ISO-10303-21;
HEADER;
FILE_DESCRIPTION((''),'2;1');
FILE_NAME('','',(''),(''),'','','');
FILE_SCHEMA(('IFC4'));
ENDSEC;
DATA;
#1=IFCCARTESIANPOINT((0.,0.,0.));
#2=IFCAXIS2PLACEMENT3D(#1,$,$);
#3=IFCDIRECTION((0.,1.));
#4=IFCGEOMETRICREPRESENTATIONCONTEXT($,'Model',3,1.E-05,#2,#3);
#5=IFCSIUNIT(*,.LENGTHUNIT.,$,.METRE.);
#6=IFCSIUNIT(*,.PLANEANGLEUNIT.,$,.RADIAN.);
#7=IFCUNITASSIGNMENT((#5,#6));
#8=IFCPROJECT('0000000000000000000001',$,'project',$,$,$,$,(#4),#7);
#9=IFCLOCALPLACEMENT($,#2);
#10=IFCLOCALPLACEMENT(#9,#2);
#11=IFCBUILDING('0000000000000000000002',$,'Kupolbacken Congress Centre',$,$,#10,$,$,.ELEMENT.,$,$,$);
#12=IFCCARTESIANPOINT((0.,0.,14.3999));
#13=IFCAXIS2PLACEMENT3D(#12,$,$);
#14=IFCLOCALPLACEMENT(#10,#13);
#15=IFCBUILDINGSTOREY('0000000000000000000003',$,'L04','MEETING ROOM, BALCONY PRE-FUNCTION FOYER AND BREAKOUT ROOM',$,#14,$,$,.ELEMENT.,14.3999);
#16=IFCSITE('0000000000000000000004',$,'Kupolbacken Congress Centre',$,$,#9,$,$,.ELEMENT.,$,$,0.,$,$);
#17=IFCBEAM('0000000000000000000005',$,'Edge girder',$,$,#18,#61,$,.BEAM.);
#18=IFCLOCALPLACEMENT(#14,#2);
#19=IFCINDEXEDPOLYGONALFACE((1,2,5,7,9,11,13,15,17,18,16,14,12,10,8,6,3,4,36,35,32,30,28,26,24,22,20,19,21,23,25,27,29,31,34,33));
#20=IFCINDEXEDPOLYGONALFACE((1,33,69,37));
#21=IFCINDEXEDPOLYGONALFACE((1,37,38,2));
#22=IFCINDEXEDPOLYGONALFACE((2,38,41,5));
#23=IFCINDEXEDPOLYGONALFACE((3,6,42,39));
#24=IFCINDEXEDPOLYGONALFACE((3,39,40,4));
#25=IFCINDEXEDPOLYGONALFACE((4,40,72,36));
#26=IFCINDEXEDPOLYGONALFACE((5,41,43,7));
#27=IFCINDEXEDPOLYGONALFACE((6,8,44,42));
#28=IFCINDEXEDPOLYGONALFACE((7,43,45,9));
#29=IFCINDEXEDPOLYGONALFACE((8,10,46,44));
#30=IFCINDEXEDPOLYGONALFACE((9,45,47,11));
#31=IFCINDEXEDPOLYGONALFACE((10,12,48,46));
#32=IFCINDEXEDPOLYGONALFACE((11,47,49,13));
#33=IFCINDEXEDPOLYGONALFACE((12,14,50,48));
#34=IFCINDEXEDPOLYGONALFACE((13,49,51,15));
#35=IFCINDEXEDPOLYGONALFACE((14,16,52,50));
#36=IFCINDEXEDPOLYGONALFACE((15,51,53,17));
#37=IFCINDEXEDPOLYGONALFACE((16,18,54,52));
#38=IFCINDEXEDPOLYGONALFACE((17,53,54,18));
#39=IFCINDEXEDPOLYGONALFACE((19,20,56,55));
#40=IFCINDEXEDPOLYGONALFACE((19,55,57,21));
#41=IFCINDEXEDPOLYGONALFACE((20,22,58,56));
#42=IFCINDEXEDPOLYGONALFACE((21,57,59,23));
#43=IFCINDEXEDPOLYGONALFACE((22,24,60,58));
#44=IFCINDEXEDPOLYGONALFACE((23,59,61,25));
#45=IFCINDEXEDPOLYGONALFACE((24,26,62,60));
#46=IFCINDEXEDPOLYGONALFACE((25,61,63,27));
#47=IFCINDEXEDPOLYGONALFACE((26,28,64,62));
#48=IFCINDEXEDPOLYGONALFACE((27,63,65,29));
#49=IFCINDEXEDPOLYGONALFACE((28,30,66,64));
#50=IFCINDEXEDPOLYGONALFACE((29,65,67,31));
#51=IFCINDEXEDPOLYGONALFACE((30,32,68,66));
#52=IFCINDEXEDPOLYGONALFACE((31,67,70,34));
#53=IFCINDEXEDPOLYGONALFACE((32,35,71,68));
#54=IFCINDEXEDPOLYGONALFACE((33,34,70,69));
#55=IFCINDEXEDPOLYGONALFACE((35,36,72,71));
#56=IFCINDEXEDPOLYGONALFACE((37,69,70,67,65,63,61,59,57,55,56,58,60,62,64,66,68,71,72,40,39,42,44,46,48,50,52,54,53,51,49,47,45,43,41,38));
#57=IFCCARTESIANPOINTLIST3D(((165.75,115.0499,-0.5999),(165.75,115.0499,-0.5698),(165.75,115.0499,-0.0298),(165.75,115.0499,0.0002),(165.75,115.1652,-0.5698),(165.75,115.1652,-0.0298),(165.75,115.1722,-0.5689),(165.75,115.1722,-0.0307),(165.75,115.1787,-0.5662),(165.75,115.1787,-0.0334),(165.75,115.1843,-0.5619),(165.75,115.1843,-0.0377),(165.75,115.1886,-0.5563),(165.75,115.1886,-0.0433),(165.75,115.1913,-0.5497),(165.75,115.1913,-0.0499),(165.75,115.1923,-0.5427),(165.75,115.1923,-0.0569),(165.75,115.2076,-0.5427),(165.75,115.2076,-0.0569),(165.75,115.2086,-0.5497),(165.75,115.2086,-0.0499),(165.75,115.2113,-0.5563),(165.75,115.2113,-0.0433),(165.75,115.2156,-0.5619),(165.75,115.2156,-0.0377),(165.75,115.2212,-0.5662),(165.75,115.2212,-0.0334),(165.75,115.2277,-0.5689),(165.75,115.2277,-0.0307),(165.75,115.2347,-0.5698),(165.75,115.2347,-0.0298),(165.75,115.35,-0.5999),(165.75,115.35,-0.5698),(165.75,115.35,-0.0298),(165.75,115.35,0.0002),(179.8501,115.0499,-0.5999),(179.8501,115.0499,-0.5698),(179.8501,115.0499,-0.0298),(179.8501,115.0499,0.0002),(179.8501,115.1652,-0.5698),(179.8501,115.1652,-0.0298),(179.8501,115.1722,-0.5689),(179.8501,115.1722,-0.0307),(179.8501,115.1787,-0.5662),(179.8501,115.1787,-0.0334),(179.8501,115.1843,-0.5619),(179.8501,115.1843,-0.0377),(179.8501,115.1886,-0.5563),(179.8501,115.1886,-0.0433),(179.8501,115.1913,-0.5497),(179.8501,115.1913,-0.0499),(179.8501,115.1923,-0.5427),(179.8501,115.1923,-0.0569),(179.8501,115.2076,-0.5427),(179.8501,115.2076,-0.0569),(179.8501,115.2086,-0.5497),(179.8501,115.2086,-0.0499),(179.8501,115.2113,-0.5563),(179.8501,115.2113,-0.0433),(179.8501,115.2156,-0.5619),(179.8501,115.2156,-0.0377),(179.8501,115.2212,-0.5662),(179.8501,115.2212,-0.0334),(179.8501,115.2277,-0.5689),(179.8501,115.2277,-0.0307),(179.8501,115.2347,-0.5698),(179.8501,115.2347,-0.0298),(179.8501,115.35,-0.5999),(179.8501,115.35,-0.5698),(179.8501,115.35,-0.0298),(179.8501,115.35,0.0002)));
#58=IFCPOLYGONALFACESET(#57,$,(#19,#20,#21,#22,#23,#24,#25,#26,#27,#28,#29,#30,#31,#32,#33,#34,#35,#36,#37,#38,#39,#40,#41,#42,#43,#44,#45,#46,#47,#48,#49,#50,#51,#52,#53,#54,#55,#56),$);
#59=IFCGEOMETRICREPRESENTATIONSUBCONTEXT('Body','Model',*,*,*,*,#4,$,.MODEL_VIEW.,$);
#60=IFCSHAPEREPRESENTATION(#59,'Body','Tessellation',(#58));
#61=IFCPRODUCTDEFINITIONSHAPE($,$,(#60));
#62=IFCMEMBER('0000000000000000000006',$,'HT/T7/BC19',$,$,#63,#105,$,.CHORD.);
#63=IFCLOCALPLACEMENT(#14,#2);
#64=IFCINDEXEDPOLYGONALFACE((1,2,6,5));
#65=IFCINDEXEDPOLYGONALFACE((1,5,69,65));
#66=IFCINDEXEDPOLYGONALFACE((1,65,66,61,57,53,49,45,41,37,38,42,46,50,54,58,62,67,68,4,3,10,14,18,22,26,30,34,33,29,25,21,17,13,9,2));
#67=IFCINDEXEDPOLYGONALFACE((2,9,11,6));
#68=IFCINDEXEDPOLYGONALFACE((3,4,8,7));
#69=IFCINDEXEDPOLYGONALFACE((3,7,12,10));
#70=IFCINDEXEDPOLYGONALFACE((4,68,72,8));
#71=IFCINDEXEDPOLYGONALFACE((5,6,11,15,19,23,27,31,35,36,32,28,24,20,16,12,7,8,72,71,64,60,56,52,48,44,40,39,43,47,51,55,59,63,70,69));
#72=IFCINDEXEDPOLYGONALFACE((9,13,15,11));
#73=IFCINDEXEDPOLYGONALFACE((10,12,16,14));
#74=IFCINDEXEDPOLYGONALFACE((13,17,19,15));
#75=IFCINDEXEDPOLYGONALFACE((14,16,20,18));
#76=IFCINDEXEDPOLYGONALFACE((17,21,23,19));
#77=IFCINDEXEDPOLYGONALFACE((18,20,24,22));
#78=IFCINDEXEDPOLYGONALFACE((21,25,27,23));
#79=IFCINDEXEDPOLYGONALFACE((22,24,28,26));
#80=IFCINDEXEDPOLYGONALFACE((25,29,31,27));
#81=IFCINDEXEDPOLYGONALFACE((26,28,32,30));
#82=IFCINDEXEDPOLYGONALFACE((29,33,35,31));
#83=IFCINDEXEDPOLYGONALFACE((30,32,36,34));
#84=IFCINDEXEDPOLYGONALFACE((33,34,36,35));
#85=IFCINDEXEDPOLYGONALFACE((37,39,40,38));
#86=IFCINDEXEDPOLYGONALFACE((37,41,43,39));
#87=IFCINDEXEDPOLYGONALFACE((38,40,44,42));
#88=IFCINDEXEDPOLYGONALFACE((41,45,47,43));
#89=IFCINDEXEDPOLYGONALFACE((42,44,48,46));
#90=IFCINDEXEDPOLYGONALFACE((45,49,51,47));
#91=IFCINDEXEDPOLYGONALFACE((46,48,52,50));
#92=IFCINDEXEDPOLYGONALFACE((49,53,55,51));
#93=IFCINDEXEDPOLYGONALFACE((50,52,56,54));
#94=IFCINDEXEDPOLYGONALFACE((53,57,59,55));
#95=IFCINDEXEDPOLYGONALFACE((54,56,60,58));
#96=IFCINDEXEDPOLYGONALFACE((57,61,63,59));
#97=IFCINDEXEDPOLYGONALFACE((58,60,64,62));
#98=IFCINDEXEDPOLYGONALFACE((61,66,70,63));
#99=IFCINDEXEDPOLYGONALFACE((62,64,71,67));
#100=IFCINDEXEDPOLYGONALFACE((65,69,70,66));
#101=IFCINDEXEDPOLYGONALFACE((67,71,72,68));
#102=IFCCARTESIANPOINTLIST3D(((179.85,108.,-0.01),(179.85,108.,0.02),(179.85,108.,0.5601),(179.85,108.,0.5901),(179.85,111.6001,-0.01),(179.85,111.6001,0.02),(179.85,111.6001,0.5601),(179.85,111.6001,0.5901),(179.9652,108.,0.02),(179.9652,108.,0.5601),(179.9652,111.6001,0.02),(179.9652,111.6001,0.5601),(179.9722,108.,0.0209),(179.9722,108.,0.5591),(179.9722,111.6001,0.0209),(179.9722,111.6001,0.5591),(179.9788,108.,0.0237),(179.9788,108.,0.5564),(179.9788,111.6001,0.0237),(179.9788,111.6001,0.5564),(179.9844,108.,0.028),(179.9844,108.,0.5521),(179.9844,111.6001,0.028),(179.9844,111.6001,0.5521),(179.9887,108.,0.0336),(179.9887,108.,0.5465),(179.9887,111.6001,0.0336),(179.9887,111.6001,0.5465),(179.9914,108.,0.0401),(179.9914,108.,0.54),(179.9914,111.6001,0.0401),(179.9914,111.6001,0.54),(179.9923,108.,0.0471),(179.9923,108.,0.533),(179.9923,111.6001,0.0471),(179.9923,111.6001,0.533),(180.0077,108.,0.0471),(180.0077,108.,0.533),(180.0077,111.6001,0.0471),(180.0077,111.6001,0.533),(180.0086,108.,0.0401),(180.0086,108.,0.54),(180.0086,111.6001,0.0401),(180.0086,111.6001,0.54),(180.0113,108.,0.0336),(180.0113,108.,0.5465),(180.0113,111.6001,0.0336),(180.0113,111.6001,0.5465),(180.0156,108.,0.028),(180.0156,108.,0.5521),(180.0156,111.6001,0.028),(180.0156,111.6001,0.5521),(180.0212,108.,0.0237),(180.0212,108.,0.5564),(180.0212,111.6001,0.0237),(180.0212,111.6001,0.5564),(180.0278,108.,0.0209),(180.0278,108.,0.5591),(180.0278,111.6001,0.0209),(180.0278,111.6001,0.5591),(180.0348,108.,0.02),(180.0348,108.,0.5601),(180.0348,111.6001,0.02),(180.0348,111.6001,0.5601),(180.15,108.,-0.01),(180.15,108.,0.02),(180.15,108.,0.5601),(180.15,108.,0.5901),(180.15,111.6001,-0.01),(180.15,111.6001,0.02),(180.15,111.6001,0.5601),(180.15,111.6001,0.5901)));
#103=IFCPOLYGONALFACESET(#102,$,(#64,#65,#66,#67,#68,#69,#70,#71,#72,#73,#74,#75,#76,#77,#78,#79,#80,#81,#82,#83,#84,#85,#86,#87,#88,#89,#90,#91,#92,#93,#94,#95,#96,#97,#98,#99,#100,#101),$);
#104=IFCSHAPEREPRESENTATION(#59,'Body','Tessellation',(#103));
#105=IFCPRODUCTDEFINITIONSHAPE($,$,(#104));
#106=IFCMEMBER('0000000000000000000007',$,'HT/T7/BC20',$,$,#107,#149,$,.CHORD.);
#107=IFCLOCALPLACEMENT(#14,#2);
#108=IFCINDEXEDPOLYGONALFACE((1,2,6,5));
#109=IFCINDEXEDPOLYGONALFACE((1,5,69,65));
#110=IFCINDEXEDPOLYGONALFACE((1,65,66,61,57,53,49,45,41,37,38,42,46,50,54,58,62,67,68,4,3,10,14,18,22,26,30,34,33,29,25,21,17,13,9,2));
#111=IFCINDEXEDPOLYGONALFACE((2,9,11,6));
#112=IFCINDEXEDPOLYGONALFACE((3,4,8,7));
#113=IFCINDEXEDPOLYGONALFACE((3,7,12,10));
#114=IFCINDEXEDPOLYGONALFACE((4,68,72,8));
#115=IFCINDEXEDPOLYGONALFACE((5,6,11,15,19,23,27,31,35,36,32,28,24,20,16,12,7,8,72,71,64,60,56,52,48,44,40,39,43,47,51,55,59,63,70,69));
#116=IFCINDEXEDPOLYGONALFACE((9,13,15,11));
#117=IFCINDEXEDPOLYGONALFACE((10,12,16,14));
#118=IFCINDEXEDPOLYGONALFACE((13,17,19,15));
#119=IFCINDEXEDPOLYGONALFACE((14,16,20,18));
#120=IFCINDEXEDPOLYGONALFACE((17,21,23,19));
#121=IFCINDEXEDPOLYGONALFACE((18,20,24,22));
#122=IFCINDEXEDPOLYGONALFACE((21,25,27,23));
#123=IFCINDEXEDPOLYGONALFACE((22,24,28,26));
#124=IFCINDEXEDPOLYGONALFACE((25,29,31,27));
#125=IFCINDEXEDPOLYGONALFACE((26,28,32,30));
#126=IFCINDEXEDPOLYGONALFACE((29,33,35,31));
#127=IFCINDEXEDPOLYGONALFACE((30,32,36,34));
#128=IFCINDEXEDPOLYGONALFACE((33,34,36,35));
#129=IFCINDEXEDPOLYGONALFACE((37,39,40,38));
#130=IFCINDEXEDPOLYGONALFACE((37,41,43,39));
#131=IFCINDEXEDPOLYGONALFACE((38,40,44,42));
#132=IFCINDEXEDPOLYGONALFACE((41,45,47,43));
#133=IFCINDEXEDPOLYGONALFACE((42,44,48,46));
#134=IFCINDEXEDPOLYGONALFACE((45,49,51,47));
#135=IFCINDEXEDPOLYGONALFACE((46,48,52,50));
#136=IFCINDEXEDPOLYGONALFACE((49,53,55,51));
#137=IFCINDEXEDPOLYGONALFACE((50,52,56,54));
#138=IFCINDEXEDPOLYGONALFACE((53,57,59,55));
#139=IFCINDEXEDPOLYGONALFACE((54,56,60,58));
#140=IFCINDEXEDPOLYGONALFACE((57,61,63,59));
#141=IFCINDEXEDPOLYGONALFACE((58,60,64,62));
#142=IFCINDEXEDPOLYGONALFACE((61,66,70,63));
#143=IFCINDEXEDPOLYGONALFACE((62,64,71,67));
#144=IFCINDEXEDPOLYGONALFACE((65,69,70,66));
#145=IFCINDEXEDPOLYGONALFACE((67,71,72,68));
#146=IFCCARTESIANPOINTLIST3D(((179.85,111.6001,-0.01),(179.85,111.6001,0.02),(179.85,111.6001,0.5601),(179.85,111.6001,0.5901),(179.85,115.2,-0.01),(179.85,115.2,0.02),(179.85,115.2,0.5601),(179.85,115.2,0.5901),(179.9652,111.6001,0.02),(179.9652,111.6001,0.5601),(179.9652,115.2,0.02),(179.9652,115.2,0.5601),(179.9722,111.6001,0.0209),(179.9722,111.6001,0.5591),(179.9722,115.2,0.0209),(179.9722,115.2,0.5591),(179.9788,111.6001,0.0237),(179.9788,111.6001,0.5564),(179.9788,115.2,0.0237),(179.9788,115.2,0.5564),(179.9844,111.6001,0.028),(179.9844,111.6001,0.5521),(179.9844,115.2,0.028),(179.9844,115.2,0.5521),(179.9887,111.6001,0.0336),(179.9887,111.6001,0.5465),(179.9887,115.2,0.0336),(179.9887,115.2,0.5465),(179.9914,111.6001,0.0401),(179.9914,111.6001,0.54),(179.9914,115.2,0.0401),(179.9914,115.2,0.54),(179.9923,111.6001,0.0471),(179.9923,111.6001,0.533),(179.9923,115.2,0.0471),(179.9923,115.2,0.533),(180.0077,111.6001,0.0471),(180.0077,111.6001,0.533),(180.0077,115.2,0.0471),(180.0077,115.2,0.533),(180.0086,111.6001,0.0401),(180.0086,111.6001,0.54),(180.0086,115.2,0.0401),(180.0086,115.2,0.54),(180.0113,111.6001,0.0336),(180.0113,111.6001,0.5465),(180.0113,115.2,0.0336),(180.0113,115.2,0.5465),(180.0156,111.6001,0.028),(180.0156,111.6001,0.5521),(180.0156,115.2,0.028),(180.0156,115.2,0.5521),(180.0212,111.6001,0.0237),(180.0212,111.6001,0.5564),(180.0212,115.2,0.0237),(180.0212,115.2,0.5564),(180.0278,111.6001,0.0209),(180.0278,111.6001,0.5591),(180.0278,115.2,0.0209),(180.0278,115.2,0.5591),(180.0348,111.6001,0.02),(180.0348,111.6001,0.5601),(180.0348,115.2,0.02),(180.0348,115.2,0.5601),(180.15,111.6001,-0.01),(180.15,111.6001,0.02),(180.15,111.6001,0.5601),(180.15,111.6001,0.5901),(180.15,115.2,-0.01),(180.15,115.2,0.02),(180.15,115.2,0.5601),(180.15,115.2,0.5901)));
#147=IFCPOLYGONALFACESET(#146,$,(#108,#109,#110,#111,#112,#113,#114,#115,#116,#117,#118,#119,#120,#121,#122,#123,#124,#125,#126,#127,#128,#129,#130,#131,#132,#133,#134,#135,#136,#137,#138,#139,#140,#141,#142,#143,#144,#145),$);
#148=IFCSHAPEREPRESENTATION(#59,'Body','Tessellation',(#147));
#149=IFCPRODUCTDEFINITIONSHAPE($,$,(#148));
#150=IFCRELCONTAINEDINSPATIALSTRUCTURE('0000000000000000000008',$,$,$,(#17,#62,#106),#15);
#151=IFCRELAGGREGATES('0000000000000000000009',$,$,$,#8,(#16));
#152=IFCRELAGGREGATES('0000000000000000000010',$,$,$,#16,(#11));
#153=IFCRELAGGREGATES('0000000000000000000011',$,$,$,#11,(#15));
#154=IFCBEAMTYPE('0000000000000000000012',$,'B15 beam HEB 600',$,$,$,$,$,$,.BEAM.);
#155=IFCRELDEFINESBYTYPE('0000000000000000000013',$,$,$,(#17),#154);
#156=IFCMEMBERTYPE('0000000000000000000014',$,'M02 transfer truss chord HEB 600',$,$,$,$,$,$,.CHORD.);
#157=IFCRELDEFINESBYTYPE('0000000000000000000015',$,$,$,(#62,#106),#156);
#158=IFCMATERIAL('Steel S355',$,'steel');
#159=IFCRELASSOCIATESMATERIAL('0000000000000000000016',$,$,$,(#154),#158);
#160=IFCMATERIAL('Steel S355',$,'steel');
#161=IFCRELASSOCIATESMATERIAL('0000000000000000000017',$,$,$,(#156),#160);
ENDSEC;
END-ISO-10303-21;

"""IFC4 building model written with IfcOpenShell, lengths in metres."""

from ifc_helpers import new_model, si_unit, direction, frame, origin, origin_2d, place, context, subcontext, project, spatial, i_section, extrude, material, material_profile, profile_set, type_object, element, save


model = new_model("IFC4")

# Units and contexts
model_context = context("Model", 3, precision=1e-05, world=origin(), true_north=direction((0.0, 1.0)))
body_context = subcontext(model_context, "Body", "Model", "MODEL_VIEW")
ifc_project = project(units=[si_unit("LENGTHUNIT", "METRE"), si_unit("PLANEANGLEUNIT", "RADIAN")], contexts=[model_context])

# Site, building, storey
site_placement = place(None, origin())
site = spatial("IfcSite", under=ifc_project, at=site_placement, Name="Kupolbacken Congress Centre", CompositionType="ELEMENT", RefElevation=0.0)
building_placement = place(site_placement, origin())
building = spatial("IfcBuilding", under=site, at=building_placement, Name="Kupolbacken Congress Centre", CompositionType="ELEMENT")
storey_placement = place(building_placement, frame((0.0, 0.0, 14.3999)))
storey = spatial("IfcBuildingStorey", under=building, at=storey_placement, Name="L04", Description="MEETING ROOM, BALCONY PRE-FUNCTION FOYER AND BREAKOUT ROOM", CompositionType="ELEMENT", Elevation=14.3999)

# Beam
ifc_material_1 = material(Name="Steel S355", Category="steel")
ifc_material_profile_1 = material_profile(ifc_material_1, i_section(OverallWidth=0.3, OverallDepth=0.6001, WebThickness=0.0154, FlangeThickness=0.03, FilletRadius=0.0271, at=origin_2d()), Name="HEB 600")
ifc_profile_set_1 = profile_set([ifc_material_profile_1], Name="Steel S355")
beam_type_1 = type_object("IfcBeamType", Name="B15 beam HEB 600", PredefinedType="BEAM", material=ifc_profile_set_1)
beam_1_placement = place(storey_placement, frame((165.75, 115.2, -0.2998), z_axis=(1.0, 0.0, 0.0), x_axis=(0.0, 1.0, 0.0)))
element("IfcBeam", 1, at=beam_1_placement, inside=storey, type_object=beam_type_1, Name="Edge girder", PredefinedType="BEAM", context=body_context, shape_type="SweptSolid", body=[
    extrude(i_section(OverallWidth=0.3, OverallDepth=0.6001, WebThickness=0.0154, FlangeThickness=0.03, FilletRadius=0.0271, at=origin_2d()), origin(), (0.0, 0.0, 1.0), 14.1001),
])

# Members
ifc_material_2 = material(Name="Steel S355", Category="steel")
ifc_material_profile_2 = material_profile(ifc_material_2, i_section(OverallWidth=0.3, OverallDepth=0.6001, WebThickness=0.0154, FlangeThickness=0.03, FilletRadius=0.0271, at=origin_2d()), Name="HEB 600")
ifc_profile_set_2 = profile_set([ifc_material_profile_2], Name="Steel S355")
member_type_1 = type_object("IfcMemberType", Name="M02 transfer truss chord HEB 600", PredefinedType="CHORD", material=ifc_profile_set_2)
member_1_placement = place(storey_placement, frame((180.0, 108.0, 0.29), z_axis=(0.0, 1.0, 0.0), x_axis=(-1.0, 0.0, 0.0)))
element("IfcMember", 2, at=member_1_placement, inside=storey, type_object=member_type_1, Name="HT/T7/BC19", PredefinedType="CHORD", context=body_context, shape_type="SweptSolid", body=[
    extrude(i_section(OverallWidth=0.3, OverallDepth=0.6001, WebThickness=0.0154, FlangeThickness=0.03, FilletRadius=0.0271, at=origin_2d()), origin(), (0.0, 0.0, 1.0), 3.6001),
])
member_2_placement = place(storey_placement, frame((180.0, 111.6001, 0.29), z_axis=(0.0, 1.0, 0.0), x_axis=(-1.0, 0.0, 0.0)))
element("IfcMember", 3, at=member_2_placement, inside=storey, type_object=member_type_1, Name="HT/T7/BC20", PredefinedType="CHORD", context=body_context, shape_type="SweptSolid", body=[
    extrude(i_section(OverallWidth=0.3, OverallDepth=0.6001, WebThickness=0.0154, FlangeThickness=0.03, FilletRadius=0.0271, at=origin_2d()), origin(), (0.0, 0.0, 1.0), 3.5999),
])

save(model, "model.ifc")
